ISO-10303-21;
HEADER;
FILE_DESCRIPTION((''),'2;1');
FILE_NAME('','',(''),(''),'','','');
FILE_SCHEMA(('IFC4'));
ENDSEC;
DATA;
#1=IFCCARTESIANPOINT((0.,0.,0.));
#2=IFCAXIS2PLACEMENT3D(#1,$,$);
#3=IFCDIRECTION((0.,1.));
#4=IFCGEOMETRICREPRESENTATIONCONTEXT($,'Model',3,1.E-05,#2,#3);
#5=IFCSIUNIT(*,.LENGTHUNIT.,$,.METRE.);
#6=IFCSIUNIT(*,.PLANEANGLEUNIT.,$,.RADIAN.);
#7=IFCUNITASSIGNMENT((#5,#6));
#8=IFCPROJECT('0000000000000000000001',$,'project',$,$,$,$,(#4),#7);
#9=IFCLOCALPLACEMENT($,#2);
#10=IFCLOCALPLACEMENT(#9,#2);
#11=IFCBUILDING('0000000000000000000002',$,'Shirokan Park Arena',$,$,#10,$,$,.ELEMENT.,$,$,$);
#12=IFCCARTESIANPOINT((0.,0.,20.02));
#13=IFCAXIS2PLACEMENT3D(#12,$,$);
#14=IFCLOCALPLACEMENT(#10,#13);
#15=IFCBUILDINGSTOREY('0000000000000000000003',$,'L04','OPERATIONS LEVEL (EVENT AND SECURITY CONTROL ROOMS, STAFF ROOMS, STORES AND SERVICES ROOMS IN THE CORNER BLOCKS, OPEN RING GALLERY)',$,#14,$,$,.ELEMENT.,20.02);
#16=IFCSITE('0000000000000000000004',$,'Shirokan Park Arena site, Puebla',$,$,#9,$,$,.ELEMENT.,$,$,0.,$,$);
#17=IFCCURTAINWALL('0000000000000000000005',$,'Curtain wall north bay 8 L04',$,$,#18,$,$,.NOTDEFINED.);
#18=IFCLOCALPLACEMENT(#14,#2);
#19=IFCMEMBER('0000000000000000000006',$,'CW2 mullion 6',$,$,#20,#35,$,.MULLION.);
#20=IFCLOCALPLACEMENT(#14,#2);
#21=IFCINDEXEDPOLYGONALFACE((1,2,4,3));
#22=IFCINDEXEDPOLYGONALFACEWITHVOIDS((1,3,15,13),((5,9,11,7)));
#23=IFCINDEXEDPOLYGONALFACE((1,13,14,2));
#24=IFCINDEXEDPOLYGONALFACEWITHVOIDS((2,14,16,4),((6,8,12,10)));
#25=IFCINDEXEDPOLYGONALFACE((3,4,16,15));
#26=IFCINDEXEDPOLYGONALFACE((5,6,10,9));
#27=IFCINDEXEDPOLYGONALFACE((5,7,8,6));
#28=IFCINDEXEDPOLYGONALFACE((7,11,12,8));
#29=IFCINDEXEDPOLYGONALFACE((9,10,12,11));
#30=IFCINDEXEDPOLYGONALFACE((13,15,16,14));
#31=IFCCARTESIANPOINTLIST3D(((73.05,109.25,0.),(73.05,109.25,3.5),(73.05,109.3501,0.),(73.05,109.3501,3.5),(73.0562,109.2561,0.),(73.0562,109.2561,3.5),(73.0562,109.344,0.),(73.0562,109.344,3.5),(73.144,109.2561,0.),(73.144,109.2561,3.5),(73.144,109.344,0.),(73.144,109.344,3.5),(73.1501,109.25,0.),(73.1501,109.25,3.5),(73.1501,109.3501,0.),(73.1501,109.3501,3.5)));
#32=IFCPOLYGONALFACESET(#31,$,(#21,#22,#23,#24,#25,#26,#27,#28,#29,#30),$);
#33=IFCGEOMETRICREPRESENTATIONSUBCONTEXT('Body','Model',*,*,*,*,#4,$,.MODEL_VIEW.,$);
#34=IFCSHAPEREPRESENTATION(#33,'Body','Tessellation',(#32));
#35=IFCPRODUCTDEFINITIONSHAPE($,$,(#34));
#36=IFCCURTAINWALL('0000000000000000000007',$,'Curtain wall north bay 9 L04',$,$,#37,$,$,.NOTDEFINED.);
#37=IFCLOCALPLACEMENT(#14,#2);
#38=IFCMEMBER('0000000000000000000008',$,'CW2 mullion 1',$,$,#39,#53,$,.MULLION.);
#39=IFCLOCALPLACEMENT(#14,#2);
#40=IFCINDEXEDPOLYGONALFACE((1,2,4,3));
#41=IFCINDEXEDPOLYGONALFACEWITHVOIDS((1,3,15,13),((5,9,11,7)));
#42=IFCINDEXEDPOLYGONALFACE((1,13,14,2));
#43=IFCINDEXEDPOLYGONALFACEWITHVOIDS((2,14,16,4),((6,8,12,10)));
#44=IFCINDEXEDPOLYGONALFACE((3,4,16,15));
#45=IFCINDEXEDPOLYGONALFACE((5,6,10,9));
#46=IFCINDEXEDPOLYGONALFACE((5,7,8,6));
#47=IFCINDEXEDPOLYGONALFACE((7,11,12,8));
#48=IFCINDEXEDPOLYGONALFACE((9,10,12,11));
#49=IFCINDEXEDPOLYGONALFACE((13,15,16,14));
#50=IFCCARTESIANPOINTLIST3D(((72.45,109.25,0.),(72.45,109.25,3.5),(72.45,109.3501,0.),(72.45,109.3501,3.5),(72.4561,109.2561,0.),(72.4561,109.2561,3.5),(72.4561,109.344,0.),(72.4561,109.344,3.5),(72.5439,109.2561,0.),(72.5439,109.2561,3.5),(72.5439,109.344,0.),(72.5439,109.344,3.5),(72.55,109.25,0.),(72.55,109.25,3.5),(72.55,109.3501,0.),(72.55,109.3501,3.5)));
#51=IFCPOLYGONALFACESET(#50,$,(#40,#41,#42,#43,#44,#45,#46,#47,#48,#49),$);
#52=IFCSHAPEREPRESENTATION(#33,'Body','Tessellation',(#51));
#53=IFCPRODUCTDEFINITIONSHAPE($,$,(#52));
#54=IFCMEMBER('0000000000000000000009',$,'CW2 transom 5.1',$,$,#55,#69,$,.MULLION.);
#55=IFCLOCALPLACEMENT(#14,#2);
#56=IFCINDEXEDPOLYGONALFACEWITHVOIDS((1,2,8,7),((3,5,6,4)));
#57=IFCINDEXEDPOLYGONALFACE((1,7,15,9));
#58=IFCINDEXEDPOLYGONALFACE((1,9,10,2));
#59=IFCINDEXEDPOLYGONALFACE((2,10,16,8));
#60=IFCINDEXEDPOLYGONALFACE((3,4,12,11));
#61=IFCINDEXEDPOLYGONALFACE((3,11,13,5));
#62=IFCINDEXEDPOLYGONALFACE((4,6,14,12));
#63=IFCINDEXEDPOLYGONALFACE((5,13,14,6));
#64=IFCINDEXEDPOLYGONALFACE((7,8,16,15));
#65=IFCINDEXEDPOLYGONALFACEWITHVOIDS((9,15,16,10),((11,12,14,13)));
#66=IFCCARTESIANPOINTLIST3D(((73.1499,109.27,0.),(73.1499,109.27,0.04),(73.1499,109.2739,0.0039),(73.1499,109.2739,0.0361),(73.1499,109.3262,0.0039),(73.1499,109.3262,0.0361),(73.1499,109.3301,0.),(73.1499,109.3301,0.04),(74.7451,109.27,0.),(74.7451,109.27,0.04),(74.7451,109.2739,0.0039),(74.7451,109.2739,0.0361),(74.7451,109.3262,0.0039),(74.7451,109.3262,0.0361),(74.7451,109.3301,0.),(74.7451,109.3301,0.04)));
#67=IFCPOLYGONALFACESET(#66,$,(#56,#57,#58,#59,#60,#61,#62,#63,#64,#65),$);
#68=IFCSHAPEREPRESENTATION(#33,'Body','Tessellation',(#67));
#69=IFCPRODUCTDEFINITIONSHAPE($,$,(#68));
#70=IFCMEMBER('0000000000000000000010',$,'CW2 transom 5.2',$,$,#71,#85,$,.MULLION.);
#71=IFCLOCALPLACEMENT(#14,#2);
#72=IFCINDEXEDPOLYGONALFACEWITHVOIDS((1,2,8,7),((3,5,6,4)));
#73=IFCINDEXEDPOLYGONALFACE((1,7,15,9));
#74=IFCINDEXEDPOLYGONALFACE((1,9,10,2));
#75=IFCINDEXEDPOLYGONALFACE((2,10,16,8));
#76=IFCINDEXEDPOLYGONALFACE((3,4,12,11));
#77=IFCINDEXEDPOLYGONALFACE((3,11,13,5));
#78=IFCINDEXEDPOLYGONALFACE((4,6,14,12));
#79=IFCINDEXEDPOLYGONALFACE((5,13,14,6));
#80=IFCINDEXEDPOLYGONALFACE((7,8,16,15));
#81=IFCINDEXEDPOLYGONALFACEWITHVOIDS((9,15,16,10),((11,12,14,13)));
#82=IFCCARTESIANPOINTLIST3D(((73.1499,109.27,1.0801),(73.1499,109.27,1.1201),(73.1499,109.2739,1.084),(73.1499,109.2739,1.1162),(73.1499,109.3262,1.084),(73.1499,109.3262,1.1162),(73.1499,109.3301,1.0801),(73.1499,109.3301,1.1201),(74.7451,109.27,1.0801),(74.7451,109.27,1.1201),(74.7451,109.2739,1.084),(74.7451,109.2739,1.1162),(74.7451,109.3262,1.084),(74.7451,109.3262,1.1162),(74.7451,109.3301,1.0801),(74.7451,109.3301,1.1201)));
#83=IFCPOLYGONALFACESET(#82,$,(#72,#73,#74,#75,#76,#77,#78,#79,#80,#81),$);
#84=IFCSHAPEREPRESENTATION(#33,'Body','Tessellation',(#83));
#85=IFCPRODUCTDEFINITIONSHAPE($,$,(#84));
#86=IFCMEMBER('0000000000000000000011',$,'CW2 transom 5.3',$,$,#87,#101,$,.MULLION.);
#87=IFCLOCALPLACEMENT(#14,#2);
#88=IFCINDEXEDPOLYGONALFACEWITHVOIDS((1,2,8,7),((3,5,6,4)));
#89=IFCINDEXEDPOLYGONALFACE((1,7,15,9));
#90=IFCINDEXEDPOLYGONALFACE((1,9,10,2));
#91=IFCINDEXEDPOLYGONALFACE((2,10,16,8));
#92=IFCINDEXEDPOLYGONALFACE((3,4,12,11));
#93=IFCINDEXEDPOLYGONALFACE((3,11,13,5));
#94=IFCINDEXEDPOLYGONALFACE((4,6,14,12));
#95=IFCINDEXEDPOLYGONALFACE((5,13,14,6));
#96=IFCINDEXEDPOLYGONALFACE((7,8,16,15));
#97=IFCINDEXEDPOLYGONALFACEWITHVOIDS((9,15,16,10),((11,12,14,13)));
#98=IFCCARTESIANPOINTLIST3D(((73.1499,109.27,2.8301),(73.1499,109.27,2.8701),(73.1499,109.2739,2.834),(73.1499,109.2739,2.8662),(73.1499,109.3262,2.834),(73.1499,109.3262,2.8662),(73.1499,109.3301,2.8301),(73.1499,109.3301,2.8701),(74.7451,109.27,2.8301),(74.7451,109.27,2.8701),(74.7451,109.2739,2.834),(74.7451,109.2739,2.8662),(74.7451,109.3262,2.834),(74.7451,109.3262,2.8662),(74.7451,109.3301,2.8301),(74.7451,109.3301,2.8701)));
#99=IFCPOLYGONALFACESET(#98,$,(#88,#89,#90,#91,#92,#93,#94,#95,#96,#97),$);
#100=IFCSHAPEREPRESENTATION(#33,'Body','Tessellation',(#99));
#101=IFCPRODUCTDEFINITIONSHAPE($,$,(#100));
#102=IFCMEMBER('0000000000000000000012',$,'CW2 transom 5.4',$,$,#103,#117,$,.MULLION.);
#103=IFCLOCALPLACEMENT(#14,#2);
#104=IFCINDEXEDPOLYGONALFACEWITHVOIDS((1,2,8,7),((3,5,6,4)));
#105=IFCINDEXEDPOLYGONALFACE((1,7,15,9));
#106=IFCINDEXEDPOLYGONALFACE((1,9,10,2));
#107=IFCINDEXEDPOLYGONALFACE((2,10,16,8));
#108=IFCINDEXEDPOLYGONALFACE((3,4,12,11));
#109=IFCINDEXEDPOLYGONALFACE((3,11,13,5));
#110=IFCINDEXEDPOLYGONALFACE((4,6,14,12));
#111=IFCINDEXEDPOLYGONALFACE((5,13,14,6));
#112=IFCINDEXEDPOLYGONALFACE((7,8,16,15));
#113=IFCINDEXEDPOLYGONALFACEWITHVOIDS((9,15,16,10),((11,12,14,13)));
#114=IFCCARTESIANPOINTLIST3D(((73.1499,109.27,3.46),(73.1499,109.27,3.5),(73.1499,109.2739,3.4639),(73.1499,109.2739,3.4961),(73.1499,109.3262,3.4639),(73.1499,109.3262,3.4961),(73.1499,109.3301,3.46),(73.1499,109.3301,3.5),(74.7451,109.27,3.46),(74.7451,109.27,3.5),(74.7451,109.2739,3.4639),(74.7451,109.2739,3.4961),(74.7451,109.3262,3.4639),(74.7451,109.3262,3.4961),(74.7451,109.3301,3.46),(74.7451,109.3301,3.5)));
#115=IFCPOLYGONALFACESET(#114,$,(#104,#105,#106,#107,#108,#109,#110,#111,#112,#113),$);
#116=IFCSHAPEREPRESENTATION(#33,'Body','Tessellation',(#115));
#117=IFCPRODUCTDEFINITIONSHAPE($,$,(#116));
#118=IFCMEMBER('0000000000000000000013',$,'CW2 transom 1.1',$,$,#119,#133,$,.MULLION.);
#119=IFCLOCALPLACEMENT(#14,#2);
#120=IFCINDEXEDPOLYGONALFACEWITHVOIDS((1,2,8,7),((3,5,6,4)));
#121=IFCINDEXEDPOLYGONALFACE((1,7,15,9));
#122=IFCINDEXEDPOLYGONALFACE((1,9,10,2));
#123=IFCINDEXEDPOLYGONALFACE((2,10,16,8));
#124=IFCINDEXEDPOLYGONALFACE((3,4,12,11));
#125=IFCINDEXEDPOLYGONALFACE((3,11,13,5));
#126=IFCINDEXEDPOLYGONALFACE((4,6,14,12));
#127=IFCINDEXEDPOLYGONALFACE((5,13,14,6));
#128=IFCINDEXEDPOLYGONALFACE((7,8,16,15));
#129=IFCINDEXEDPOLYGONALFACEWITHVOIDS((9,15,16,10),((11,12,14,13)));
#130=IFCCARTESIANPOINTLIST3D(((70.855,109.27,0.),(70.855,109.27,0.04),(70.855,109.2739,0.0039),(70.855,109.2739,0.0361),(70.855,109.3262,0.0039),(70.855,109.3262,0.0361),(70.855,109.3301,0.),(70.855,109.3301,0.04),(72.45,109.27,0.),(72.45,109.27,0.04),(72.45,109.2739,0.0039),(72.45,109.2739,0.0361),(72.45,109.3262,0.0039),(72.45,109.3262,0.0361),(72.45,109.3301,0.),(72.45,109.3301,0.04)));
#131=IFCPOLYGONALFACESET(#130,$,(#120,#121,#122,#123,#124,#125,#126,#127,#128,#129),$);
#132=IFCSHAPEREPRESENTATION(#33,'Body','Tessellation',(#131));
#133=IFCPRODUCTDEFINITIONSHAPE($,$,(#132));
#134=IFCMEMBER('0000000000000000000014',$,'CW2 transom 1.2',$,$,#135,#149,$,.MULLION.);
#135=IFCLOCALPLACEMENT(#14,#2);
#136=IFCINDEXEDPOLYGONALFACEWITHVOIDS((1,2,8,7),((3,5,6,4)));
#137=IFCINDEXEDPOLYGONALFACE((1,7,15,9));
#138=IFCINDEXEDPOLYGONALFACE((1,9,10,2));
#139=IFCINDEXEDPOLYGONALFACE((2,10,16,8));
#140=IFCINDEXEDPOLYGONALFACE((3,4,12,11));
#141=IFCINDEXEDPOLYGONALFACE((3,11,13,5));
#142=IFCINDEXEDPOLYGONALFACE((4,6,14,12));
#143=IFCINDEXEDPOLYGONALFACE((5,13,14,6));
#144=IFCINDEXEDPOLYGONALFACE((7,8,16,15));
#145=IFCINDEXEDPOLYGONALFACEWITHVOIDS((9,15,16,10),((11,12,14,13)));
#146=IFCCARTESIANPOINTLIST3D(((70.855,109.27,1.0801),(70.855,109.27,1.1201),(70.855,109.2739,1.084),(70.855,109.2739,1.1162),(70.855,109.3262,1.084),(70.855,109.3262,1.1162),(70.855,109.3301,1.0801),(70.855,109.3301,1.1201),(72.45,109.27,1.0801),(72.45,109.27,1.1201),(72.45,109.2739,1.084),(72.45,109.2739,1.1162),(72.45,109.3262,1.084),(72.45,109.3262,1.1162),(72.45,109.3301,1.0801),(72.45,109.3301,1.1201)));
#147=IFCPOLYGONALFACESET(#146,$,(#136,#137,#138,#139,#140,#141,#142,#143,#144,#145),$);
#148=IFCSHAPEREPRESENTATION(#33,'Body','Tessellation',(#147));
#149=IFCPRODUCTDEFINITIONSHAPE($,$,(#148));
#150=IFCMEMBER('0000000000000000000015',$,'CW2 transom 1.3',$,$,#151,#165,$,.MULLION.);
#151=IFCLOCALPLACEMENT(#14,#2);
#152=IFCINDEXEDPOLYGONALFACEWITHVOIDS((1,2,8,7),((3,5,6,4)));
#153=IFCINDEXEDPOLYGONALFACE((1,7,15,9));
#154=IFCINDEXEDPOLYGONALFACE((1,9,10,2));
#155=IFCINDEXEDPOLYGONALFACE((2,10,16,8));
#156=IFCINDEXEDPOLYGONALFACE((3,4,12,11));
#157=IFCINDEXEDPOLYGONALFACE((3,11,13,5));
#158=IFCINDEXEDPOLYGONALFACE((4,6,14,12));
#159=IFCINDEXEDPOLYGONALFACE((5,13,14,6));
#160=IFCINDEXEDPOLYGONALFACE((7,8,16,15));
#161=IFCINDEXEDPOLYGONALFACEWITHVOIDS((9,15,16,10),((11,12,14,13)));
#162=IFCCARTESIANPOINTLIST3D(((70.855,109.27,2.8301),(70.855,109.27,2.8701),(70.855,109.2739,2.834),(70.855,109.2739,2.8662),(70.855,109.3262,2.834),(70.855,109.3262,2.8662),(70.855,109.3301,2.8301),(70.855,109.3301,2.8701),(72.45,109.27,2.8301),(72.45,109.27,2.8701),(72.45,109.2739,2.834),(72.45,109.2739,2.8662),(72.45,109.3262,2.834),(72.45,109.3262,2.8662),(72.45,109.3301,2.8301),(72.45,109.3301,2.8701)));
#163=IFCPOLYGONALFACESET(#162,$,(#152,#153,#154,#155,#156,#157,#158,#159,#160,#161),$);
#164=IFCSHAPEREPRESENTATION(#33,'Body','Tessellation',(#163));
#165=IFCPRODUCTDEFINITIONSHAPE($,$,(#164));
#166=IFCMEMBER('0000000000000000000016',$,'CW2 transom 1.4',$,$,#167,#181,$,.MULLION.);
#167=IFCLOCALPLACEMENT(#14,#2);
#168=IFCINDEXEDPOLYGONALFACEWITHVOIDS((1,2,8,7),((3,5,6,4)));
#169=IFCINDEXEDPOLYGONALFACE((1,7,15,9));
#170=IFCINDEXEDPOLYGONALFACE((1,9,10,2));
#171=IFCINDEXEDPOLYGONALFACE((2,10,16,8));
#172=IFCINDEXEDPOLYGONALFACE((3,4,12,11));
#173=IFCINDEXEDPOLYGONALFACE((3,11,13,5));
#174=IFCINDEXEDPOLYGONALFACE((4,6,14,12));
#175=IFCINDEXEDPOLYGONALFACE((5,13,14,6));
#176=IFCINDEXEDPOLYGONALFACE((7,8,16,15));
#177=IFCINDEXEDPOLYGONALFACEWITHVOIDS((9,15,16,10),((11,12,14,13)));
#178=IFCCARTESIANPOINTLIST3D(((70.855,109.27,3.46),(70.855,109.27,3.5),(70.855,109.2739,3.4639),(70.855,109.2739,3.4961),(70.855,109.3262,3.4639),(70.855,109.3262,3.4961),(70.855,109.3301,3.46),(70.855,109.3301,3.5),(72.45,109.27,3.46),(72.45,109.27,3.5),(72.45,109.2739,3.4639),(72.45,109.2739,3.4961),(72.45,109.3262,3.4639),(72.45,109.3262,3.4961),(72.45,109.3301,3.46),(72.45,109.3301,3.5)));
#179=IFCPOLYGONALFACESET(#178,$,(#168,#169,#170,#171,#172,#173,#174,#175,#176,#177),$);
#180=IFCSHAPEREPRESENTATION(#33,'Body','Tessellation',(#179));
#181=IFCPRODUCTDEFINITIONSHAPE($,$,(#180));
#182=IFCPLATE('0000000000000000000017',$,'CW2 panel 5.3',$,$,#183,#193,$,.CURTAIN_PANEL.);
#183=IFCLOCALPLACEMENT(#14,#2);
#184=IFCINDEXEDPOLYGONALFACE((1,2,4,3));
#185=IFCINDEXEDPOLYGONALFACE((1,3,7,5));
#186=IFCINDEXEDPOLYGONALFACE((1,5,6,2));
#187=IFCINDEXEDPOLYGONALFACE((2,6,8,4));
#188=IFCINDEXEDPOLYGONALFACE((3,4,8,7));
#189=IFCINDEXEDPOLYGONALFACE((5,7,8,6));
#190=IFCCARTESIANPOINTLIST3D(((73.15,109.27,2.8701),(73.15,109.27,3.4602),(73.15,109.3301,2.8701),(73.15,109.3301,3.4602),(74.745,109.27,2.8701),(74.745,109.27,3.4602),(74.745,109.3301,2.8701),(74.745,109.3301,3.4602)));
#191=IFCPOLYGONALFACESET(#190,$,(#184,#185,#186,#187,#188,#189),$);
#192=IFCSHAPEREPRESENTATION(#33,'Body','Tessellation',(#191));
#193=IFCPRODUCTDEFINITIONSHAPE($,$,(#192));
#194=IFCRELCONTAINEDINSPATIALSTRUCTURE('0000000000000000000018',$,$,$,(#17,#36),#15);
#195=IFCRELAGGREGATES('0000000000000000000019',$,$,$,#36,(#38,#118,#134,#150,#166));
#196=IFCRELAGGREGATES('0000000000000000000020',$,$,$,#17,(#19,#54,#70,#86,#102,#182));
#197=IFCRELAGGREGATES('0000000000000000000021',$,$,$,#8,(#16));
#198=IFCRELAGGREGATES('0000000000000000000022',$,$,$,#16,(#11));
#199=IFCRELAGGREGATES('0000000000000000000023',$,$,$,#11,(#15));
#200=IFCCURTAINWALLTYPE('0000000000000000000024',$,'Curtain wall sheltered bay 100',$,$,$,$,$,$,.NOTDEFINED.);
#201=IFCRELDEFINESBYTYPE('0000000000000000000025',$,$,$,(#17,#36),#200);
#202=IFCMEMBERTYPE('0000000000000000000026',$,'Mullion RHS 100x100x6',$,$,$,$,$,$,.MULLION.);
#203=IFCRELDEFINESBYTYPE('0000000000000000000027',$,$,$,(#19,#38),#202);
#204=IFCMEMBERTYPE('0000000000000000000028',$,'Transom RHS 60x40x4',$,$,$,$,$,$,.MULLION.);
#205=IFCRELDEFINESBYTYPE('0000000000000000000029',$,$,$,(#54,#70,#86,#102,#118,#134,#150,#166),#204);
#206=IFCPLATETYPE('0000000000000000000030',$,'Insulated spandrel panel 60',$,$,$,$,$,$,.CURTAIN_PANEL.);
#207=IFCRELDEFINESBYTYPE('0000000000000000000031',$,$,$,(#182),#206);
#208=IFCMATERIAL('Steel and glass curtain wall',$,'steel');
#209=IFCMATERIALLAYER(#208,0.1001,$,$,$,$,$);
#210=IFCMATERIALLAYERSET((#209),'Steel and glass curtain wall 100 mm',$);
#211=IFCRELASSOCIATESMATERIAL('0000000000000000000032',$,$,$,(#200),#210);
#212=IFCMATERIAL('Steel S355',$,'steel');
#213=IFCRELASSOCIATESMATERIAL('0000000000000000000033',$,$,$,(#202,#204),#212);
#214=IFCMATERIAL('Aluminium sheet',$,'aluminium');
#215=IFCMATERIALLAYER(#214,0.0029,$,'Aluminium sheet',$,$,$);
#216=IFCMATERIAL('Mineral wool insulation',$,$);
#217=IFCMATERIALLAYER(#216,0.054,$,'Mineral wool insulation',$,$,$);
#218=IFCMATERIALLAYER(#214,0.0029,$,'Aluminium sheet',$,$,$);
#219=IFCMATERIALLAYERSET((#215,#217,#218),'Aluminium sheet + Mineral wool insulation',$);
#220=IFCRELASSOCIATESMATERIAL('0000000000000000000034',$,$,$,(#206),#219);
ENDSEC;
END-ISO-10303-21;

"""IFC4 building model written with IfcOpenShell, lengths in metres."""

from ifc_helpers import new_model, si_unit, direction, frame, origin, origin_2d, place, context, subcontext, project, spatial, rectangle, hollow_rectangle, extrude, material, layer, layer_set, material_profile, profile_set, type_object, element, aggregate, save


model = new_model("IFC4")

# Units and contexts
model_context = context("Model", 3, precision=1e-05, world=origin(), true_north=direction((0.0, 1.0)))
body_context = subcontext(model_context, "Body", "Model", "MODEL_VIEW")
ifc_project = project(units=[si_unit("LENGTHUNIT", "METRE"), si_unit("PLANEANGLEUNIT", "RADIAN")], contexts=[model_context])

# Site, building, storey
site_placement = place(None, origin())
site = spatial("IfcSite", under=ifc_project, at=site_placement, Name="Shirokan Park Arena site, Puebla", CompositionType="ELEMENT", RefElevation=0.0)
building_placement = place(site_placement, origin())
building = spatial("IfcBuilding", under=site, at=building_placement, Name="Shirokan Park Arena", CompositionType="ELEMENT")
storey_placement = place(building_placement, frame((0.0, 0.0, 20.02)))
storey = spatial("IfcBuildingStorey", under=building, at=storey_placement, Name="L04", Description="OPERATIONS LEVEL (EVENT AND SECURITY CONTROL ROOMS, STAFF ROOMS, STORES AND SERVICES ROOMS IN THE CORNER BLOCKS, OPEN RING GALLERY)", CompositionType="ELEMENT", Elevation=20.02)

# Curtain walls, members
ifc_material_1 = material(Name="Steel and glass curtain wall", Category="steel")
ifc_layer_1 = layer(ifc_material_1, 0.1001)
ifc_layer_set_1 = layer_set([ifc_layer_1], Name="Steel and glass curtain wall 100 mm")
curtain_wall_type = type_object("IfcCurtainWallType", Name="Curtain wall sheltered bay 100", PredefinedType="NOTDEFINED", material=ifc_layer_set_1)
curtain_wall_1_placement = place(storey_placement, origin())
curtain_wall_1 = element("IfcCurtainWall", 1, at=curtain_wall_1_placement, inside=storey, type_object=curtain_wall_type, Name="Curtain wall north bay 8 L04", PredefinedType="NOTDEFINED")
ifc_material_2 = material(Name="Steel S355", Category="steel")
ifc_material_profile_1 = material_profile(ifc_material_2, hollow_rectangle(XDim=0.1001, YDim=0.1001, WallThickness=0.0061, at=origin_2d()), Name="RHS 100x100x6")
ifc_profile_set_1 = profile_set([ifc_material_profile_1], Name="Steel S355")
member_type_1 = type_object("IfcMemberType", Name="Mullion RHS 100x100x6", PredefinedType="MULLION", material=ifc_profile_set_1)
member_1_placement = place(storey_placement, frame((73.1001, 109.3, 0.0), z_axis=(0.0, 0.0, 1.0), x_axis=(0.0, -1.0, 0.0)))
member_1 = element("IfcMember", 2, at=member_1_placement, type_object=member_type_1, Name="CW2 mullion 6", PredefinedType="MULLION", context=body_context, shape_type="SweptSolid", body=[
    extrude(hollow_rectangle(XDim=0.1001, YDim=0.1001, WallThickness=0.0061, at=origin_2d()), origin(), (0.0, 0.0, 1.0), 3.5),
])
curtain_wall_2_placement = place(storey_placement, origin())
curtain_wall_2 = element("IfcCurtainWall", 3, at=curtain_wall_2_placement, inside=storey, type_object=curtain_wall_type, Name="Curtain wall north bay 9 L04", PredefinedType="NOTDEFINED")
member_2_placement = place(storey_placement, frame((72.5, 109.3, 0.0), z_axis=(0.0, 0.0, 1.0), x_axis=(0.0, -1.0, 0.0)))
member_2 = element("IfcMember", 4, at=member_2_placement, type_object=member_type_1, Name="CW2 mullion 1", PredefinedType="MULLION", context=body_context, shape_type="SweptSolid", body=[
    extrude(hollow_rectangle(XDim=0.1001, YDim=0.1001, WallThickness=0.0061, at=origin_2d()), origin(), (0.0, 0.0, 1.0), 3.5),
])

# Members
ifc_material_profile_2 = material_profile(ifc_material_2, hollow_rectangle(XDim=0.0601, YDim=0.04, WallThickness=0.0039, at=origin_2d()), Name="RHS 60x40x4")
ifc_profile_set_2 = profile_set([ifc_material_profile_2], Name="Steel S355")
member_type_2 = type_object("IfcMemberType", Name="Transom RHS 60x40x4", PredefinedType="MULLION", material=ifc_profile_set_2)
member_3_placement = place(storey_placement, frame((74.7451, 109.3, 0.02), z_axis=(-1.0, 0.0, 0.0), x_axis=(0.0, -1.0, 0.0)))
member_3 = element("IfcMember", 5, at=member_3_placement, type_object=member_type_2, Name="CW2 transom 5.1", PredefinedType="MULLION", context=body_context, shape_type="SweptSolid", body=[
    extrude(hollow_rectangle(XDim=0.0601, YDim=0.04, WallThickness=0.0039, at=origin_2d()), origin(), (0.0, 0.0, 1.0), 1.5952),
])
member_4_placement = place(storey_placement, frame((74.7451, 109.3, 1.1001), z_axis=(-1.0, 0.0, 0.0), x_axis=(0.0, -1.0, 0.0)))
member_4 = element("IfcMember", 6, at=member_4_placement, type_object=member_type_2, Name="CW2 transom 5.2", PredefinedType="MULLION", context=body_context, shape_type="SweptSolid", body=[
    extrude(hollow_rectangle(XDim=0.0601, YDim=0.04, WallThickness=0.0039, at=origin_2d()), origin(), (0.0, 0.0, 1.0), 1.5952),
])
member_5_placement = place(storey_placement, frame((74.7451, 109.3, 2.8501), z_axis=(-1.0, 0.0, 0.0), x_axis=(0.0, -1.0, 0.0)))
member_5 = element("IfcMember", 7, at=member_5_placement, type_object=member_type_2, Name="CW2 transom 5.3", PredefinedType="MULLION", context=body_context, shape_type="SweptSolid", body=[
    extrude(hollow_rectangle(XDim=0.0601, YDim=0.04, WallThickness=0.0039, at=origin_2d()), origin(), (0.0, 0.0, 1.0), 1.5952),
])
member_6_placement = place(storey_placement, frame((74.7451, 109.3, 3.48), z_axis=(-1.0, 0.0, 0.0), x_axis=(0.0, -1.0, 0.0)))
member_6 = element("IfcMember", 8, at=member_6_placement, type_object=member_type_2, Name="CW2 transom 5.4", PredefinedType="MULLION", context=body_context, shape_type="SweptSolid", body=[
    extrude(hollow_rectangle(XDim=0.0601, YDim=0.04, WallThickness=0.0039, at=origin_2d()), origin(), (0.0, 0.0, 1.0), 1.5952),
])
member_7_placement = place(storey_placement, frame((72.45, 109.3, 0.02), z_axis=(-1.0, 0.0, 0.0), x_axis=(0.0, -1.0, 0.0)))
member_7 = element("IfcMember", 9, at=member_7_placement, type_object=member_type_2, Name="CW2 transom 1.1", PredefinedType="MULLION", context=body_context, shape_type="SweptSolid", body=[
    extrude(hollow_rectangle(XDim=0.0601, YDim=0.04, WallThickness=0.0039, at=origin_2d()), origin(), (0.0, 0.0, 1.0), 1.595),
])
member_8_placement = place(storey_placement, frame((72.45, 109.3, 1.1001), z_axis=(-1.0, 0.0, 0.0), x_axis=(0.0, -1.0, 0.0)))
member_8 = element("IfcMember", 10, at=member_8_placement, type_object=member_type_2, Name="CW2 transom 1.2", PredefinedType="MULLION", context=body_context, shape_type="SweptSolid", body=[
    extrude(hollow_rectangle(XDim=0.0601, YDim=0.04, WallThickness=0.0039, at=origin_2d()), origin(), (0.0, 0.0, 1.0), 1.595),
])
member_9_placement = place(storey_placement, frame((72.45, 109.3, 2.8501), z_axis=(-1.0, 0.0, 0.0), x_axis=(0.0, -1.0, 0.0)))
member_9 = element("IfcMember", 11, at=member_9_placement, type_object=member_type_2, Name="CW2 transom 1.3", PredefinedType="MULLION", context=body_context, shape_type="SweptSolid", body=[
    extrude(hollow_rectangle(XDim=0.0601, YDim=0.04, WallThickness=0.0039, at=origin_2d()), origin(), (0.0, 0.0, 1.0), 1.595),
])
member_10_placement = place(storey_placement, frame((72.45, 109.3, 3.48), z_axis=(-1.0, 0.0, 0.0), x_axis=(0.0, -1.0, 0.0)))
member_10 = element("IfcMember", 12, at=member_10_placement, type_object=member_type_2, Name="CW2 transom 1.4", PredefinedType="MULLION", context=body_context, shape_type="SweptSolid", body=[
    extrude(hollow_rectangle(XDim=0.0601, YDim=0.04, WallThickness=0.0039, at=origin_2d()), origin(), (0.0, 0.0, 1.0), 1.595),
])

# Plate
ifc_material_3 = material(Name="Aluminium sheet", Category="aluminium")
ifc_layer_2 = layer(ifc_material_3, 0.0029, Name="Aluminium sheet")
ifc_material_4 = material(Name="Mineral wool insulation")
ifc_layer_3 = layer(ifc_material_4, 0.054, Name="Mineral wool insulation")
ifc_layer_4 = layer(ifc_material_3, 0.0029, Name="Aluminium sheet")
ifc_layer_set_2 = layer_set([ifc_layer_2, ifc_layer_3, ifc_layer_4], Name="Aluminium sheet + Mineral wool insulation")
plate_type_1 = type_object("IfcPlateType", Name="Insulated spandrel panel 60", PredefinedType="CURTAIN_PANEL", material=ifc_layer_set_2)
plate_1_placement = place(storey_placement, frame((73.9475, 109.3, 2.8701), z_axis=(0.0, 0.0, 1.0), x_axis=(-1.0, 0.0, 0.0)))
plate_1 = element("IfcPlate", 13, at=plate_1_placement, type_object=plate_type_1, Name="CW2 panel 5.3", PredefinedType="CURTAIN_PANEL", context=body_context, shape_type="SweptSolid", body=[
    extrude(rectangle(XDim=1.595, YDim=0.0601, at=origin_2d()), origin(), (0.0, 0.0, 1.0), 0.5901),
])
aggregate(curtain_wall_2, [member_2, member_7, member_8, member_9, member_10])
aggregate(curtain_wall_1, [member_1, member_3, member_4, member_5, member_6, plate_1])

save(model, "model.ifc")
